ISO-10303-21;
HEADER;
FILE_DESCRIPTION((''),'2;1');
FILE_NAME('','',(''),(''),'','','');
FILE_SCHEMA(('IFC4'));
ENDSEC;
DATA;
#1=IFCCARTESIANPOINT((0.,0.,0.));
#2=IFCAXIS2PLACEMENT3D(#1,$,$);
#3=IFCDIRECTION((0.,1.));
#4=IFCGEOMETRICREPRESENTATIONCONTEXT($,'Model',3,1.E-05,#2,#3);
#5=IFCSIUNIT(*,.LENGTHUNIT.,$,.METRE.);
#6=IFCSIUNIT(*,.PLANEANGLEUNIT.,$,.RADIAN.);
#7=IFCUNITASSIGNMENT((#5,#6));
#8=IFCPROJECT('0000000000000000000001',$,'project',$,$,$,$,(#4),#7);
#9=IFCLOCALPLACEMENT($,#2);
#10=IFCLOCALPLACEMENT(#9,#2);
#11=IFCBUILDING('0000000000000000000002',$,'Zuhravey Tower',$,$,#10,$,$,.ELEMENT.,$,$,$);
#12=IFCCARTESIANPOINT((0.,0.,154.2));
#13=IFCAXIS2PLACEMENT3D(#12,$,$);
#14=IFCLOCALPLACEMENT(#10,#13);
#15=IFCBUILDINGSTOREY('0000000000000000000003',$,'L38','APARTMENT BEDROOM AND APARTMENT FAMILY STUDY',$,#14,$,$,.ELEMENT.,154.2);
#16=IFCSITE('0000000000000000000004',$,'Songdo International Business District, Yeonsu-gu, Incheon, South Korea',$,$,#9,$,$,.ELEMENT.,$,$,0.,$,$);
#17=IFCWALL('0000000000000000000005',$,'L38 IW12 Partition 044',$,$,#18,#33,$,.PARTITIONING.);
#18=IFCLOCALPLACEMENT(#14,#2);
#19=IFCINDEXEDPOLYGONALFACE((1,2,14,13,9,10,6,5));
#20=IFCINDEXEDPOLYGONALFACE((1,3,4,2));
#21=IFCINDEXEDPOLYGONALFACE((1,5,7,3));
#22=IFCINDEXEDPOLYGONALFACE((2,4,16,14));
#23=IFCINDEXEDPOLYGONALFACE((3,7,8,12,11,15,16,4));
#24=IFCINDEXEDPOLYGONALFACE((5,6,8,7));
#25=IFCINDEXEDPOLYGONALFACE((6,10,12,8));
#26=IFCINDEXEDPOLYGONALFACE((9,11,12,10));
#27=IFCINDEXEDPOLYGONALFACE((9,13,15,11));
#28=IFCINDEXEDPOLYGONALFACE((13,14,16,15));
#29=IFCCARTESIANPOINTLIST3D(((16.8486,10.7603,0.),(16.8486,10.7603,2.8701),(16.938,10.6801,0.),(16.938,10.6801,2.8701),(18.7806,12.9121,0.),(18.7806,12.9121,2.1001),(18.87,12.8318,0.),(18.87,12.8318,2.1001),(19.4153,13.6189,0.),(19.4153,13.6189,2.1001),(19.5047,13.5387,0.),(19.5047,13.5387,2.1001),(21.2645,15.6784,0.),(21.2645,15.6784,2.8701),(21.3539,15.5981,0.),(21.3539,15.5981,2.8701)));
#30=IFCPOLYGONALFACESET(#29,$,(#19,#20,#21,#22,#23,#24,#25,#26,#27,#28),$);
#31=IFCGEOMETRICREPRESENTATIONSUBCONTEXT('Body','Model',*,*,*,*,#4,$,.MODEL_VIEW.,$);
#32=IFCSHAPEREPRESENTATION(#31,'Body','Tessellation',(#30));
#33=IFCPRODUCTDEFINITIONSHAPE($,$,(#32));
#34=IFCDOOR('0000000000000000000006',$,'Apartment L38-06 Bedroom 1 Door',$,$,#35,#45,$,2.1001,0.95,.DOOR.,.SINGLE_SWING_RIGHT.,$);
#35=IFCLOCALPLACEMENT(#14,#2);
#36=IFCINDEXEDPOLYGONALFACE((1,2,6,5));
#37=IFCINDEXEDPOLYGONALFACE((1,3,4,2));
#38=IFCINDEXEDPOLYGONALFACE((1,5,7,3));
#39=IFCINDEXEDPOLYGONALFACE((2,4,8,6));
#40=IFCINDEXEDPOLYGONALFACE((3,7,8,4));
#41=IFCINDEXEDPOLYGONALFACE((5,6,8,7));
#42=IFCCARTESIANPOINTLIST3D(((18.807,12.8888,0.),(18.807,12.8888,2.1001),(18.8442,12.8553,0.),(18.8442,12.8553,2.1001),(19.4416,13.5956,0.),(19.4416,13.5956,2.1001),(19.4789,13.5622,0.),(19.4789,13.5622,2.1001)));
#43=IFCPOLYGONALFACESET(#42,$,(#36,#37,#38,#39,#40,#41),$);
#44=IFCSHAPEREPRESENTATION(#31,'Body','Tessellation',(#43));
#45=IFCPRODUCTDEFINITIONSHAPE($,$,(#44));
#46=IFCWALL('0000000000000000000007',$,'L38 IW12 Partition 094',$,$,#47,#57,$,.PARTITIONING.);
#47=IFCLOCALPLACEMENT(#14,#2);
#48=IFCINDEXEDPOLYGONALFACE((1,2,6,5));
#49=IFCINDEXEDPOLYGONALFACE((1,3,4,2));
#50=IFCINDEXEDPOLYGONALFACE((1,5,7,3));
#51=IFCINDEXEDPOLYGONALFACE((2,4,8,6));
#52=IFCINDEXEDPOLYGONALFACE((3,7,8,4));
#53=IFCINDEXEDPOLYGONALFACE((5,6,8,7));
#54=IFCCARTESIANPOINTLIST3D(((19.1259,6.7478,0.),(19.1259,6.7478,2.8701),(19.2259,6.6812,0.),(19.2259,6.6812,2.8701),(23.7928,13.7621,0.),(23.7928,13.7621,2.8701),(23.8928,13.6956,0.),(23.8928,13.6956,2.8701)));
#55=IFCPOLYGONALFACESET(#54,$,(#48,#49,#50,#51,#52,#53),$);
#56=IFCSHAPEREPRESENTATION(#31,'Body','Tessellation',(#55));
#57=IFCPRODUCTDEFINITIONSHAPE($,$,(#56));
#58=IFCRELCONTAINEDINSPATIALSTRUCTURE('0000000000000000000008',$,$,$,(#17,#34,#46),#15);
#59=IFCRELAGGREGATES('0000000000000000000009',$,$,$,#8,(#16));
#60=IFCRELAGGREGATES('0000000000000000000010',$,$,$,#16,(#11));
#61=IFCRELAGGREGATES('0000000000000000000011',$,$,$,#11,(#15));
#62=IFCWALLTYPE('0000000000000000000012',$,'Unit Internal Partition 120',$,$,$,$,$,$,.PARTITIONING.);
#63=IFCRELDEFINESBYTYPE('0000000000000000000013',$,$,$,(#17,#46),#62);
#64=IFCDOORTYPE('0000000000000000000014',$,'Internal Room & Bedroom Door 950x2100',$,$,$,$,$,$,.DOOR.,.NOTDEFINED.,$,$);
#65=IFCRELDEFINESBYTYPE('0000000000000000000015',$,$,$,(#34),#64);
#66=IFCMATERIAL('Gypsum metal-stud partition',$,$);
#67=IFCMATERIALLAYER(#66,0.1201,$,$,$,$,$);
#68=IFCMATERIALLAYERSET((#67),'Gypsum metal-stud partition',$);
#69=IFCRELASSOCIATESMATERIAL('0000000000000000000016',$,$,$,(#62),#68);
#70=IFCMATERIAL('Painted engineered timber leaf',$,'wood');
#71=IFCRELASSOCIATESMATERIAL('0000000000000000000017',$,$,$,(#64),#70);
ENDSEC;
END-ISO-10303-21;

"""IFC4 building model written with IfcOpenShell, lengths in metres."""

from ifc_helpers import new_model, si_unit, direction, frame, frame_2d, origin, place, context, subcontext, project, spatial, rectangle, extrude, material, layer, layer_set, type_object, element, fill, save


model = new_model("IFC4")

# Units and contexts
model_context = context("Model", 3, precision=1e-05, world=origin(), true_north=direction((0.0, 1.0)))
body_context = subcontext(model_context, "Body", "Model", "MODEL_VIEW")
ifc_project = project(units=[si_unit("LENGTHUNIT", "METRE"), si_unit("PLANEANGLEUNIT", "RADIAN")], contexts=[model_context])

# Site, building, storey
site_placement = place(None, origin())
site = spatial("IfcSite", under=ifc_project, at=site_placement, Name="Songdo International Business District, Yeonsu-gu, Incheon, South Korea", CompositionType="ELEMENT", RefElevation=0.0)
building_placement = place(site_placement, origin())
building = spatial("IfcBuilding", under=site, at=building_placement, Name="Zuhravey Tower", CompositionType="ELEMENT")
storey_placement = place(building_placement, frame((0.0, 0.0, 154.2)))
storey = spatial("IfcBuildingStorey", under=building, at=storey_placement, Name="L38", Description="APARTMENT BEDROOM AND APARTMENT FAMILY STUDY", CompositionType="ELEMENT", Elevation=154.2)

# Shared definitions
ifc_material_1 = material(Name="Gypsum metal-stud partition")
ifc_layer_1 = layer(ifc_material_1, 0.1201)
ifc_layer_set_1 = layer_set([ifc_layer_1], Name="Gypsum metal-stud partition")
wall_type_1 = type_object("IfcWallType", Name="Unit Internal Partition 120", PredefinedType="PARTITIONING", material=ifc_layer_set_1)
ifc_material_2 = material(Name="Painted engineered timber leaf", Category="wood")
door_type_1 = type_object("IfcDoorType", Name="Internal Room & Bedroom Door 950x2100", OperationType="NOTDEFINED", PredefinedType="DOOR", material=ifc_material_2)

# Wall, opening, door
wall_1_placement = place(storey_placement, frame((21.3091, 15.6382, 0.0), z_axis=(0.0, 0.0, 1.0), x_axis=(-0.668095, -0.744076, 0.0)))
wall_1 = element("IfcWall", 1, at=wall_1_placement, inside=storey, type_object=wall_type_1, Name="L38 IW12 Partition 044", PredefinedType="PARTITIONING", context=body_context, shape_type="SweptSolid", body=[
    extrude(rectangle(XDim=6.6096, YDim=0.1201, at=frame_2d((3.3047, 0.0))), origin(), (0.0, 0.0, 1.0), 2.8701),
])
opening_1_placement = place(wall_1_placement, frame((2.7676, 0.0, 0.0)))
opening_1 = element("IfcOpeningElement", 2, at=opening_1_placement, cuts=wall_1, PredefinedType="OPENING", context=body_context, shape_type="SweptSolid", body=[
    extrude(rectangle(XDim=0.95, YDim=2.1001, at=frame_2d((0.4751, 1.05))), frame((0.0, 0.072, 0.0), z_axis=(0.0, -1.0, 0.0), x_axis=(1.0, 0.0, 0.0)), (0.0, 0.0, 1.0), 0.144),
])
door_1_placement = place(opening_1_placement, frame((0.95, 0.0, 0.0), z_axis=(0.0, 0.0, 1.0), x_axis=(-1.0, 0.0, 0.0)))
door_1 = element("IfcDoor", 3, at=door_1_placement, inside=storey, type_object=door_type_1, Name="Apartment L38-06 Bedroom 1 Door", OperationType="SINGLE_SWING_RIGHT", OverallHeight=2.1001, OverallWidth=0.95, PredefinedType="DOOR", context=body_context, shape_type="SweptSolid", body=[
    extrude(rectangle(XDim=0.95, YDim=2.1001, at=frame_2d((0.4751, 1.05))), frame((0.0, 0.0249, 0.0), z_axis=(0.0, -1.0, 0.0), x_axis=(1.0, 0.0, 0.0)), (0.0, 0.0, 1.0), 0.05),
])
fill(opening_1, door_1)

# Wall
wall_2_placement = place(storey_placement, frame((23.8428, 13.7288, 0.0), z_axis=(0.0, 0.0, 1.0), x_axis=(-0.553938, -0.832558, 0.0)))
element("IfcWall", 4, at=wall_2_placement, inside=storey, type_object=wall_type_1, Name="L38 IW12 Partition 094", PredefinedType="PARTITIONING", context=body_context, shape_type="SweptSolid", body=[
    extrude(rectangle(XDim=8.425, YDim=0.1201, at=frame_2d((4.2124, 0.0))), origin(), (0.0, 0.0, 1.0), 2.8701),
])

save(model, "model.ifc")
